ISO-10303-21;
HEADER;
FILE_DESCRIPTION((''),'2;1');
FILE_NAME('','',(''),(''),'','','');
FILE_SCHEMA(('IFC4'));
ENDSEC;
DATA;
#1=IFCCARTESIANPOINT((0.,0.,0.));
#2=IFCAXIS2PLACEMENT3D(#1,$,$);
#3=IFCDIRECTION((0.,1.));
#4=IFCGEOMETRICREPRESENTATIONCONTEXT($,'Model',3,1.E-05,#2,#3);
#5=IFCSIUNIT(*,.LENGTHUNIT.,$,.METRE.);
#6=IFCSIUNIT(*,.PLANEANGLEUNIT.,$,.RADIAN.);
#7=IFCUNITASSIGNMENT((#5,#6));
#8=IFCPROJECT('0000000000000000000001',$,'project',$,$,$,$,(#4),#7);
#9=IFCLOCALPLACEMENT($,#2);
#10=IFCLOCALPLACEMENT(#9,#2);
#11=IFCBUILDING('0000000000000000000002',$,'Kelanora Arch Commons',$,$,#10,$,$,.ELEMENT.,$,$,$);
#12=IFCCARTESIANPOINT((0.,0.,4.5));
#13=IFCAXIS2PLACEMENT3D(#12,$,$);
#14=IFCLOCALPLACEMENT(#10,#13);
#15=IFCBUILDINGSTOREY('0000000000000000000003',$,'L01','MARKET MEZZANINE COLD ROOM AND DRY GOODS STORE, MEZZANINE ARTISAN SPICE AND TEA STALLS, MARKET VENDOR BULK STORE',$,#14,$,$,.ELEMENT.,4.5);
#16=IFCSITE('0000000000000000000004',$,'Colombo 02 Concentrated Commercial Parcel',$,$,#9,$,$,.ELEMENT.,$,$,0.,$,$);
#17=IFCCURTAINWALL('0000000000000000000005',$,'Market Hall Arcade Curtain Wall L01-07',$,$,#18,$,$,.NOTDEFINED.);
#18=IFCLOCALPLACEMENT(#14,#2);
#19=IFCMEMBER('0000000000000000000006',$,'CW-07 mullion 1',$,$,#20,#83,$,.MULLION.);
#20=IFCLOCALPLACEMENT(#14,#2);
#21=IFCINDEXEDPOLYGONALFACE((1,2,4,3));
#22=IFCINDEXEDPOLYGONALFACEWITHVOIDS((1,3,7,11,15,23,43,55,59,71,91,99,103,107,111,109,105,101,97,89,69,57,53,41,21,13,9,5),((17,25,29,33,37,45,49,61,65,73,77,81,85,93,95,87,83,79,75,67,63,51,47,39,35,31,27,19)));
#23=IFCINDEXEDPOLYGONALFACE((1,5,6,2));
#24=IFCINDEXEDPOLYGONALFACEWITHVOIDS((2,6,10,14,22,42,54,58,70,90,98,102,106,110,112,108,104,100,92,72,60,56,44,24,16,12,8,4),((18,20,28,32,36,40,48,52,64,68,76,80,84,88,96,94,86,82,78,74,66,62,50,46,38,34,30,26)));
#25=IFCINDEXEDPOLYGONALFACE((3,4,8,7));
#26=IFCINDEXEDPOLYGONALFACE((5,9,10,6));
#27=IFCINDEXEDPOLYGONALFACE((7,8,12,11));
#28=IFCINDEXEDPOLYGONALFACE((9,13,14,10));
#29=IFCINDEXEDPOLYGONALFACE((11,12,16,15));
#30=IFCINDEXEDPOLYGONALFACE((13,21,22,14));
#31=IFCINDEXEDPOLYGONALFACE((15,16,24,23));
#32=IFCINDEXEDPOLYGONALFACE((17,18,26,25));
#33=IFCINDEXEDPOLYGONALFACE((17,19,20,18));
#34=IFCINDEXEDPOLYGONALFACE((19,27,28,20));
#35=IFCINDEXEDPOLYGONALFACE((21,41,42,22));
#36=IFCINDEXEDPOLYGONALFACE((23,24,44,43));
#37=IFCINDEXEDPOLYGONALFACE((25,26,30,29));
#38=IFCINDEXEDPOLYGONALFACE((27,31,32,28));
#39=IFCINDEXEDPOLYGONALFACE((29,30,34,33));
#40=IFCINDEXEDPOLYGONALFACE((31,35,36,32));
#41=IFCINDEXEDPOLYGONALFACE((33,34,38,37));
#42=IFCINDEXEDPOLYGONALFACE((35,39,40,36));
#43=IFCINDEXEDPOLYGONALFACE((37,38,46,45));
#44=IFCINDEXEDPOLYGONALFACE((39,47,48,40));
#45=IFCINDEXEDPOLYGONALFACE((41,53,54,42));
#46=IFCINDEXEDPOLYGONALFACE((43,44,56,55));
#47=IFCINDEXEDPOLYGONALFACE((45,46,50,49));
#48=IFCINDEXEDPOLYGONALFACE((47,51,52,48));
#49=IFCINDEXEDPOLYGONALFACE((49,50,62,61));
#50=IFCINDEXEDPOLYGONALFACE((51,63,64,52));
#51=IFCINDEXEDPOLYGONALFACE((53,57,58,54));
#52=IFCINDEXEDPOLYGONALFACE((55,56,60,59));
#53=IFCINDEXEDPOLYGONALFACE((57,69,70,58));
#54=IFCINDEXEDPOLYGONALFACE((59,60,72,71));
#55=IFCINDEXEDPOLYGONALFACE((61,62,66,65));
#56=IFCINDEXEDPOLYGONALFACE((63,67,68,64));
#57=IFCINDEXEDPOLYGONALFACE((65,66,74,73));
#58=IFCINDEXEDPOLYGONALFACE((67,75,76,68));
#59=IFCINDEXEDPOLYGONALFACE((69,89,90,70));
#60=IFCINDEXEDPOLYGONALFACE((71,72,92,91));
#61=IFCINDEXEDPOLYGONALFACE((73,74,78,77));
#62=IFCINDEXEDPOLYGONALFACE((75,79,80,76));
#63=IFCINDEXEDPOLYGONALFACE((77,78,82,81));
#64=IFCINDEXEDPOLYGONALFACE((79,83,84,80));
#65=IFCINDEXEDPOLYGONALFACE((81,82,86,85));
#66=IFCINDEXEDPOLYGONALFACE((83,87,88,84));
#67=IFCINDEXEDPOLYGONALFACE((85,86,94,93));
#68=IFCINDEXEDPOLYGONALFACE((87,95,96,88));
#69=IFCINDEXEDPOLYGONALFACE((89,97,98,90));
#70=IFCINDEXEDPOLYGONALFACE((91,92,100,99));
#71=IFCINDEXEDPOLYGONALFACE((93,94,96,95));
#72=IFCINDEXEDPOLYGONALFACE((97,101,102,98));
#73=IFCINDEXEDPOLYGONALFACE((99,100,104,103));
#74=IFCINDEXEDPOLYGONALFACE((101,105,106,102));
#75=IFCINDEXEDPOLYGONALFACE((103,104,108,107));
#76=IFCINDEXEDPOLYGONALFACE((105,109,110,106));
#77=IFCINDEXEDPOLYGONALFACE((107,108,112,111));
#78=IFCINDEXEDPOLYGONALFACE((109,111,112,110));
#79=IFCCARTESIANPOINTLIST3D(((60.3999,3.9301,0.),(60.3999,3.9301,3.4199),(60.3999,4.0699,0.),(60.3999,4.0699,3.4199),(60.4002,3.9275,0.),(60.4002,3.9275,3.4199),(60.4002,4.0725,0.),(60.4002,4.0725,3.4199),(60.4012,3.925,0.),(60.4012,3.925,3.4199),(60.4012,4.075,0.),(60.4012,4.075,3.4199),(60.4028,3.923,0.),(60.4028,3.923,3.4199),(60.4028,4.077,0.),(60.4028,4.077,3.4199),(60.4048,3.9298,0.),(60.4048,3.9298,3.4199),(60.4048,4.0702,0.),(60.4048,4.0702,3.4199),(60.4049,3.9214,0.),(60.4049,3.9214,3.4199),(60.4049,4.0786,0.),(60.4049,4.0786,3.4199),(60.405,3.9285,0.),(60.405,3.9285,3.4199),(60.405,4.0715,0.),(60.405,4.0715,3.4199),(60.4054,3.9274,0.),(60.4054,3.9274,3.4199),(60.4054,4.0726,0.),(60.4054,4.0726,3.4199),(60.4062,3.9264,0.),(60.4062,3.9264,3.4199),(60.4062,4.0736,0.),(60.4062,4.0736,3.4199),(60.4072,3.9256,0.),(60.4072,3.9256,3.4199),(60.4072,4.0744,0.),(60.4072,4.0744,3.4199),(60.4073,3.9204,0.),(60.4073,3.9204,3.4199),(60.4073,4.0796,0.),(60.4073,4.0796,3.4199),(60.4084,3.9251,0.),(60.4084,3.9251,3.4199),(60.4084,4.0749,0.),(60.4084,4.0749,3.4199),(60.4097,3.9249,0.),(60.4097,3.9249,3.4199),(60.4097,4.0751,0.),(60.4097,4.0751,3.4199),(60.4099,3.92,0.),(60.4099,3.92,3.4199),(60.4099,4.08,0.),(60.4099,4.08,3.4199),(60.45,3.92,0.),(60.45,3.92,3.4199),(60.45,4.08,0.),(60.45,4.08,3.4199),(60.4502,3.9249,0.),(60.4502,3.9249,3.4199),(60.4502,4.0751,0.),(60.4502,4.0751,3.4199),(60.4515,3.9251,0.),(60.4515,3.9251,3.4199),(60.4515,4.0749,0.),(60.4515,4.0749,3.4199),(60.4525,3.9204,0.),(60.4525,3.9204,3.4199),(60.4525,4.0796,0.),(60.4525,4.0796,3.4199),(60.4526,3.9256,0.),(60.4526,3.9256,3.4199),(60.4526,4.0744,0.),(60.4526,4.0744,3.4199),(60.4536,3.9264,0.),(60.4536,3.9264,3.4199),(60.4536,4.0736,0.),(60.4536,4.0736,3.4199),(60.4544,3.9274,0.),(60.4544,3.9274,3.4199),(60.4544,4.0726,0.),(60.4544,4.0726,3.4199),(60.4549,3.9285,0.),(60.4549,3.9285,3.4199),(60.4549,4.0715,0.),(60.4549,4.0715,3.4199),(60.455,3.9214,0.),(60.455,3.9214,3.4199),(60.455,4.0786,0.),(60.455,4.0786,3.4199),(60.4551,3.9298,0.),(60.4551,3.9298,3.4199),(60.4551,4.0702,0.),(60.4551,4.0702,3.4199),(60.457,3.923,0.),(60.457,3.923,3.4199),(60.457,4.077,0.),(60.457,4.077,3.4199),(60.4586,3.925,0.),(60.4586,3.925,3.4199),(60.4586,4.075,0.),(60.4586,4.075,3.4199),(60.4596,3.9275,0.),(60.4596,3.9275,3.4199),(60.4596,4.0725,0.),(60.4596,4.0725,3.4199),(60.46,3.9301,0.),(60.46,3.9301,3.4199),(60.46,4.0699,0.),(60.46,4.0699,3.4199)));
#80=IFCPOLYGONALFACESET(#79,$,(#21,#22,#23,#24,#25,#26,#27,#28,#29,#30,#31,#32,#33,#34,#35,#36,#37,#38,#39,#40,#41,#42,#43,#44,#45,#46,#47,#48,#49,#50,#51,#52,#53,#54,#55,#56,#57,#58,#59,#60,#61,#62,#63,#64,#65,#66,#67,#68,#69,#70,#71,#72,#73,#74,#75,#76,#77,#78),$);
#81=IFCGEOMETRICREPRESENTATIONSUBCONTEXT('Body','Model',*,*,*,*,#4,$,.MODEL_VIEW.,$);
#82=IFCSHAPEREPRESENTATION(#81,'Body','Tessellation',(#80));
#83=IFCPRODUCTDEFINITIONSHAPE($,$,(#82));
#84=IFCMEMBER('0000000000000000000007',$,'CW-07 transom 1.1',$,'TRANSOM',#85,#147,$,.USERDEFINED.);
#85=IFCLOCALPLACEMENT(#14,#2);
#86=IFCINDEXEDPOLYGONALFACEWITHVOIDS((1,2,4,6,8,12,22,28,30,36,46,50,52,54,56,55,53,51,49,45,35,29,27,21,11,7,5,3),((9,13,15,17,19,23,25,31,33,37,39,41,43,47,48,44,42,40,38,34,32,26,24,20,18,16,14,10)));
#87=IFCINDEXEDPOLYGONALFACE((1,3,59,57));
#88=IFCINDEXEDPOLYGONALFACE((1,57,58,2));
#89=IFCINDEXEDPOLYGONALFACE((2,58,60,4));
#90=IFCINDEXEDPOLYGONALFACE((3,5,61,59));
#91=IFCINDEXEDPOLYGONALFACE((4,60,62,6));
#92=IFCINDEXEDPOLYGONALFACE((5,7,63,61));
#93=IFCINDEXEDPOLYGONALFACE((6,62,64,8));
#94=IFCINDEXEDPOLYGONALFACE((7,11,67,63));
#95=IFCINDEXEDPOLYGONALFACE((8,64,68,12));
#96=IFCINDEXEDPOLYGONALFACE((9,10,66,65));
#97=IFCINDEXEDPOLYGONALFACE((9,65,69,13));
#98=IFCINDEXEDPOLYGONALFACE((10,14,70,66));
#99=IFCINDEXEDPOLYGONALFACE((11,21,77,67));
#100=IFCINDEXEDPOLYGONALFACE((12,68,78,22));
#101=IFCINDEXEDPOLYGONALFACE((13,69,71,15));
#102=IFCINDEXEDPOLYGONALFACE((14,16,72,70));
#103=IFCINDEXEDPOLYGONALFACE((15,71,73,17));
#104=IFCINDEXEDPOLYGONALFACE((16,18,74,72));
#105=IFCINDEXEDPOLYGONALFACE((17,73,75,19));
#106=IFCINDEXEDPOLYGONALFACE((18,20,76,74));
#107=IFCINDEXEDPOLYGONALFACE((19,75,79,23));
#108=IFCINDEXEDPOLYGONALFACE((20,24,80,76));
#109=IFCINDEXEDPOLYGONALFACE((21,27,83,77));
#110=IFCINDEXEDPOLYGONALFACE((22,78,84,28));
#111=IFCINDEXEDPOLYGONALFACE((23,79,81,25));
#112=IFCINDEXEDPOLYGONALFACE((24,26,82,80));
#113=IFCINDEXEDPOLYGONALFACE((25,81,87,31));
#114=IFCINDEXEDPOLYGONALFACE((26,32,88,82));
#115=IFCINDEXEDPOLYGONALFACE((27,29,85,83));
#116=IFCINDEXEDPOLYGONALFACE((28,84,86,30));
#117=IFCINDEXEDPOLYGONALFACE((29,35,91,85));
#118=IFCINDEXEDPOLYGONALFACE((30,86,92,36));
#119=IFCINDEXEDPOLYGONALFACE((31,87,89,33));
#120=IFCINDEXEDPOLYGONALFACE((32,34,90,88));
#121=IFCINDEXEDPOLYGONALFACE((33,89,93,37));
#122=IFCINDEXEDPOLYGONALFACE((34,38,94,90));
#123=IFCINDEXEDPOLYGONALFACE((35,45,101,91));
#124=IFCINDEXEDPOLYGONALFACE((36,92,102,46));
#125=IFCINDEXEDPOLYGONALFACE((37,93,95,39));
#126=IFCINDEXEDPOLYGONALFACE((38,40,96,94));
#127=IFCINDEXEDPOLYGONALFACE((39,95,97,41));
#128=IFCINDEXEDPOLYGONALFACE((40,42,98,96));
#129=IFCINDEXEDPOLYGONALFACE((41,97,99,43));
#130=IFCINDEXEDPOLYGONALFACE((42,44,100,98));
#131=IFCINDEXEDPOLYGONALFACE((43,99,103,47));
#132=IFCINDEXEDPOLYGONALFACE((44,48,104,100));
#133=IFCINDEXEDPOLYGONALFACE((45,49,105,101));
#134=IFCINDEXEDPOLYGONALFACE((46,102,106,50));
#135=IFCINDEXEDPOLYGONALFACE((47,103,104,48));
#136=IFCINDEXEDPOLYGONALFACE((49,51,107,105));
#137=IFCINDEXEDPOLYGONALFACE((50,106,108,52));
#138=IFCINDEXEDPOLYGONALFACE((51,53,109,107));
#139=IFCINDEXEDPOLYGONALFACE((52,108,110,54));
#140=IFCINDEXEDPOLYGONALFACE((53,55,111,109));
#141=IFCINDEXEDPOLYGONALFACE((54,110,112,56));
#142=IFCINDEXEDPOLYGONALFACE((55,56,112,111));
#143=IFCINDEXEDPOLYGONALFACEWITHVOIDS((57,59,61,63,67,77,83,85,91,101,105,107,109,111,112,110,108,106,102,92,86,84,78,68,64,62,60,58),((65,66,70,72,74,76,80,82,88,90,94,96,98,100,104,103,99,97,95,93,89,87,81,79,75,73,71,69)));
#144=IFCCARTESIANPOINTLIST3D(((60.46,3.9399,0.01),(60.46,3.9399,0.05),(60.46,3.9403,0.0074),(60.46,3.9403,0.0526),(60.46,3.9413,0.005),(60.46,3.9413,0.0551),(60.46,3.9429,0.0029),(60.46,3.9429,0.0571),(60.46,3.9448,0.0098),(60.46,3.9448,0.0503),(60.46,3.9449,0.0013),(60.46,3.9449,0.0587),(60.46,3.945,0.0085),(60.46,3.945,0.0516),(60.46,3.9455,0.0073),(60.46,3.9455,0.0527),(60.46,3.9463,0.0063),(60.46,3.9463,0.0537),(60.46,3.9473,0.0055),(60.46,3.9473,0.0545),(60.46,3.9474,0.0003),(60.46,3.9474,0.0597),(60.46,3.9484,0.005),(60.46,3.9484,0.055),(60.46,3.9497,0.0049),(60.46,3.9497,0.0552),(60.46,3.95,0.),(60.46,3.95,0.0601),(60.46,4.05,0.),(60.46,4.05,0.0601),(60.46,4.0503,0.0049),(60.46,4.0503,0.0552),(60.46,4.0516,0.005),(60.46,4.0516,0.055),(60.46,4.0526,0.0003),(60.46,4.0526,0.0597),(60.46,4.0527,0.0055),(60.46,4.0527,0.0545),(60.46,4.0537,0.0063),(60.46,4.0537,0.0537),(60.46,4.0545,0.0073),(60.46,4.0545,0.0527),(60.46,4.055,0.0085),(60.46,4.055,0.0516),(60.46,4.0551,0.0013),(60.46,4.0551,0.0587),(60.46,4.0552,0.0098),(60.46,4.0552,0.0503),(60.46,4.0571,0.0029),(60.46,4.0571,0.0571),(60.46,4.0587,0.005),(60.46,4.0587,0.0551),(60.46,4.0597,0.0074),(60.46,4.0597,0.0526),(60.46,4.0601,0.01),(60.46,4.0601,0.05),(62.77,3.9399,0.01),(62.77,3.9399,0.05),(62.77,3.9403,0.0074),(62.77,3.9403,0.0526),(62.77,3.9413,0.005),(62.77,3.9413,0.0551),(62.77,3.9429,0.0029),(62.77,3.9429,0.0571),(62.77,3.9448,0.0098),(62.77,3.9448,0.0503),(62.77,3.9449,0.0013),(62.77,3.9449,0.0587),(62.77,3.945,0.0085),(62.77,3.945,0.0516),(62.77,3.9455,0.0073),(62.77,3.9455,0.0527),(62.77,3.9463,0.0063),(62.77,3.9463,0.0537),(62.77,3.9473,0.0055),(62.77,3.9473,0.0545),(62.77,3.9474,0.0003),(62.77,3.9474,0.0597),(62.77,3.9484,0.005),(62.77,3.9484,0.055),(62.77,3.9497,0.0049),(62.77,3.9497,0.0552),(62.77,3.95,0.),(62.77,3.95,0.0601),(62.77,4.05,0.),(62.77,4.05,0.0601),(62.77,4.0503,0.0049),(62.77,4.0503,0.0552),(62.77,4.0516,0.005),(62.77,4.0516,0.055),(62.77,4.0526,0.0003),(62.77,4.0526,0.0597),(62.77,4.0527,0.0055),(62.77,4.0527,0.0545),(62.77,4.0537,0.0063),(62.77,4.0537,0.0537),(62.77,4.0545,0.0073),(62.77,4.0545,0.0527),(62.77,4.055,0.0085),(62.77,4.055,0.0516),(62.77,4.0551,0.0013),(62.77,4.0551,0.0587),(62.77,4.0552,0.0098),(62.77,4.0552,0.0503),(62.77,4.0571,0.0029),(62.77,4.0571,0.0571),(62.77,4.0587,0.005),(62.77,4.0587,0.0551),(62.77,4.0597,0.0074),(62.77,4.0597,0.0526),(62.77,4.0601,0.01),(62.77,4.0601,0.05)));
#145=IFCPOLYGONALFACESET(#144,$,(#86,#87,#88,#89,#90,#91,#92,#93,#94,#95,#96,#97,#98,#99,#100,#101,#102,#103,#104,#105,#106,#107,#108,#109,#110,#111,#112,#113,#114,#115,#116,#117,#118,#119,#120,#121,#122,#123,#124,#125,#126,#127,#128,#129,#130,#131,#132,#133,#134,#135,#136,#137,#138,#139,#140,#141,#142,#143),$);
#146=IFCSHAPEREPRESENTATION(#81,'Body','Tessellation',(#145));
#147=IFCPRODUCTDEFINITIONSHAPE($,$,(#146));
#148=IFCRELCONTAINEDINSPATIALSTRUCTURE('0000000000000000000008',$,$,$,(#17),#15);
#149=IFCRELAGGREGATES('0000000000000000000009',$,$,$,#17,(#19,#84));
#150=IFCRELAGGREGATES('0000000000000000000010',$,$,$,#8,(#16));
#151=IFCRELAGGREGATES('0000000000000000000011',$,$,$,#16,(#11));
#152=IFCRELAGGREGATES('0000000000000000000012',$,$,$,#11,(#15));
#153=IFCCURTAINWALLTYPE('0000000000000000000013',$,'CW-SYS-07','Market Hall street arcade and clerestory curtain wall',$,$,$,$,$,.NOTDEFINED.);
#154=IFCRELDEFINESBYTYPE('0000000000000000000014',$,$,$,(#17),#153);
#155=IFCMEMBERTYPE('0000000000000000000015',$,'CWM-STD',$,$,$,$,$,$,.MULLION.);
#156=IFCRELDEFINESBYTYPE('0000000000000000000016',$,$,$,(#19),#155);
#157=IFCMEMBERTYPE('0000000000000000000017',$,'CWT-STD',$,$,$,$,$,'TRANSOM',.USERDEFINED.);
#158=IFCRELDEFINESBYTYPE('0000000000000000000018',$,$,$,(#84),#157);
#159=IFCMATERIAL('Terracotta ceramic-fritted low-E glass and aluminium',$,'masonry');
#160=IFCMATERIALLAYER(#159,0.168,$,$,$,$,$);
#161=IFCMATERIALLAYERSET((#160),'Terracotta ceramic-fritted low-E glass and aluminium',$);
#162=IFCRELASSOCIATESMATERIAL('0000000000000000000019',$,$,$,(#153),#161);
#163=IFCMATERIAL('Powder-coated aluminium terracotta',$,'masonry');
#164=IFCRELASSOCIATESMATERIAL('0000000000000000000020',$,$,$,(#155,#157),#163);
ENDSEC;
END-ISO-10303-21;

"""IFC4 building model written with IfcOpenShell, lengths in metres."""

from ifc_helpers import new_model, si_unit, direction, frame, origin, origin_2d, place, context, subcontext, project, spatial, hollow_rectangle, extrude, material, layer, layer_set, material_profile, profile_set, type_object, element, aggregate, save


model = new_model("IFC4")

# Units and contexts
model_context = context("Model", 3, precision=1e-05, world=origin(), true_north=direction((0.0, 1.0)))
body_context = subcontext(model_context, "Body", "Model", "MODEL_VIEW")
ifc_project = project(units=[si_unit("LENGTHUNIT", "METRE"), si_unit("PLANEANGLEUNIT", "RADIAN")], contexts=[model_context])

# Site, building, storey
site_placement = place(None, origin())
site = spatial("IfcSite", under=ifc_project, at=site_placement, Name="Colombo 02 Concentrated Commercial Parcel", CompositionType="ELEMENT", RefElevation=0.0)
building_placement = place(site_placement, origin())
building = spatial("IfcBuilding", under=site, at=building_placement, Name="Kelanora Arch Commons", CompositionType="ELEMENT")
storey_placement = place(building_placement, frame((0.0, 0.0, 4.5)))
storey = spatial("IfcBuildingStorey", under=building, at=storey_placement, Name="L01", Description="MARKET MEZZANINE COLD ROOM AND DRY GOODS STORE, MEZZANINE ARTISAN SPICE AND TEA STALLS, MARKET VENDOR BULK STORE", CompositionType="ELEMENT", Elevation=4.5)

# Curtain wall, members
ifc_material_1 = material(Name="Terracotta ceramic-fritted low-E glass and aluminium", Category="masonry")
ifc_layer_1 = layer(ifc_material_1, 0.168)
ifc_layer_set_1 = layer_set([ifc_layer_1], Name="Terracotta ceramic-fritted low-E glass and aluminium")
curtain_wall_type = type_object("IfcCurtainWallType", Name="CW-SYS-07", Description="Market Hall street arcade and clerestory curtain wall", PredefinedType="NOTDEFINED", material=ifc_layer_set_1)
curtain_wall_placement = place(storey_placement, origin())
curtain_wall = element("IfcCurtainWall", 1, at=curtain_wall_placement, inside=storey, type_object=curtain_wall_type, Name="Market Hall Arcade Curtain Wall L01-07", PredefinedType="NOTDEFINED")
ifc_material_2 = material(Name="Powder-coated aluminium terracotta", Category="masonry")
ifc_material_profile_1 = material_profile(ifc_material_2, hollow_rectangle(XDim=0.1599, YDim=0.0601, WallThickness=0.0049, InnerFilletRadius=0.0049, OuterFilletRadius=0.01, at=origin_2d()), Name="CWM160x60")
ifc_profile_set_1 = profile_set([ifc_material_profile_1], Name="Powder-coated aluminium terracotta")
member_type_1 = type_object("IfcMemberType", Name="CWM-STD", PredefinedType="MULLION", material=ifc_profile_set_1)
member_1_placement = place(storey_placement, frame((60.4299, 4.0, 0.0), z_axis=(0.0, 0.0, 1.0), x_axis=(0.0, 1.0, 0.0)))
member_1 = element("IfcMember", 2, at=member_1_placement, type_object=member_type_1, Name="CW-07 mullion 1", PredefinedType="MULLION", context=body_context, shape_type="SweptSolid", body=[
    extrude(hollow_rectangle(XDim=0.1599, YDim=0.0601, WallThickness=0.0049, InnerFilletRadius=0.0049, OuterFilletRadius=0.01, at=origin_2d()), origin(), (0.0, 0.0, 1.0), 3.4199),
])
ifc_material_profile_2 = material_profile(ifc_material_2, hollow_rectangle(XDim=0.1201, YDim=0.0601, WallThickness=0.0049, InnerFilletRadius=0.0049, OuterFilletRadius=0.01, at=origin_2d()), Name="CWT120x60")
ifc_profile_set_2 = profile_set([ifc_material_profile_2], Name="Powder-coated aluminium terracotta")
member_type_2 = type_object("IfcMemberType", Name="CWT-STD", ElementType="TRANSOM", PredefinedType="USERDEFINED", material=ifc_profile_set_2)
member_2_placement = place(storey_placement, frame((60.46, 4.0, 0.03), z_axis=(1.0, 0.0, 0.0), x_axis=(0.0, 1.0, 0.0)))
member_2 = element("IfcMember", 3, at=member_2_placement, type_object=member_type_2, Name="CW-07 transom 1.1", ObjectType="TRANSOM", PredefinedType="USERDEFINED", context=body_context, shape_type="SweptSolid", body=[
    extrude(hollow_rectangle(XDim=0.1201, YDim=0.0601, WallThickness=0.0049, InnerFilletRadius=0.0049, OuterFilletRadius=0.01, at=origin_2d()), origin(), (0.0, 0.0, 1.0), 2.3101),
])
aggregate(curtain_wall, [member_1, member_2])

save(model, "model.ifc")
